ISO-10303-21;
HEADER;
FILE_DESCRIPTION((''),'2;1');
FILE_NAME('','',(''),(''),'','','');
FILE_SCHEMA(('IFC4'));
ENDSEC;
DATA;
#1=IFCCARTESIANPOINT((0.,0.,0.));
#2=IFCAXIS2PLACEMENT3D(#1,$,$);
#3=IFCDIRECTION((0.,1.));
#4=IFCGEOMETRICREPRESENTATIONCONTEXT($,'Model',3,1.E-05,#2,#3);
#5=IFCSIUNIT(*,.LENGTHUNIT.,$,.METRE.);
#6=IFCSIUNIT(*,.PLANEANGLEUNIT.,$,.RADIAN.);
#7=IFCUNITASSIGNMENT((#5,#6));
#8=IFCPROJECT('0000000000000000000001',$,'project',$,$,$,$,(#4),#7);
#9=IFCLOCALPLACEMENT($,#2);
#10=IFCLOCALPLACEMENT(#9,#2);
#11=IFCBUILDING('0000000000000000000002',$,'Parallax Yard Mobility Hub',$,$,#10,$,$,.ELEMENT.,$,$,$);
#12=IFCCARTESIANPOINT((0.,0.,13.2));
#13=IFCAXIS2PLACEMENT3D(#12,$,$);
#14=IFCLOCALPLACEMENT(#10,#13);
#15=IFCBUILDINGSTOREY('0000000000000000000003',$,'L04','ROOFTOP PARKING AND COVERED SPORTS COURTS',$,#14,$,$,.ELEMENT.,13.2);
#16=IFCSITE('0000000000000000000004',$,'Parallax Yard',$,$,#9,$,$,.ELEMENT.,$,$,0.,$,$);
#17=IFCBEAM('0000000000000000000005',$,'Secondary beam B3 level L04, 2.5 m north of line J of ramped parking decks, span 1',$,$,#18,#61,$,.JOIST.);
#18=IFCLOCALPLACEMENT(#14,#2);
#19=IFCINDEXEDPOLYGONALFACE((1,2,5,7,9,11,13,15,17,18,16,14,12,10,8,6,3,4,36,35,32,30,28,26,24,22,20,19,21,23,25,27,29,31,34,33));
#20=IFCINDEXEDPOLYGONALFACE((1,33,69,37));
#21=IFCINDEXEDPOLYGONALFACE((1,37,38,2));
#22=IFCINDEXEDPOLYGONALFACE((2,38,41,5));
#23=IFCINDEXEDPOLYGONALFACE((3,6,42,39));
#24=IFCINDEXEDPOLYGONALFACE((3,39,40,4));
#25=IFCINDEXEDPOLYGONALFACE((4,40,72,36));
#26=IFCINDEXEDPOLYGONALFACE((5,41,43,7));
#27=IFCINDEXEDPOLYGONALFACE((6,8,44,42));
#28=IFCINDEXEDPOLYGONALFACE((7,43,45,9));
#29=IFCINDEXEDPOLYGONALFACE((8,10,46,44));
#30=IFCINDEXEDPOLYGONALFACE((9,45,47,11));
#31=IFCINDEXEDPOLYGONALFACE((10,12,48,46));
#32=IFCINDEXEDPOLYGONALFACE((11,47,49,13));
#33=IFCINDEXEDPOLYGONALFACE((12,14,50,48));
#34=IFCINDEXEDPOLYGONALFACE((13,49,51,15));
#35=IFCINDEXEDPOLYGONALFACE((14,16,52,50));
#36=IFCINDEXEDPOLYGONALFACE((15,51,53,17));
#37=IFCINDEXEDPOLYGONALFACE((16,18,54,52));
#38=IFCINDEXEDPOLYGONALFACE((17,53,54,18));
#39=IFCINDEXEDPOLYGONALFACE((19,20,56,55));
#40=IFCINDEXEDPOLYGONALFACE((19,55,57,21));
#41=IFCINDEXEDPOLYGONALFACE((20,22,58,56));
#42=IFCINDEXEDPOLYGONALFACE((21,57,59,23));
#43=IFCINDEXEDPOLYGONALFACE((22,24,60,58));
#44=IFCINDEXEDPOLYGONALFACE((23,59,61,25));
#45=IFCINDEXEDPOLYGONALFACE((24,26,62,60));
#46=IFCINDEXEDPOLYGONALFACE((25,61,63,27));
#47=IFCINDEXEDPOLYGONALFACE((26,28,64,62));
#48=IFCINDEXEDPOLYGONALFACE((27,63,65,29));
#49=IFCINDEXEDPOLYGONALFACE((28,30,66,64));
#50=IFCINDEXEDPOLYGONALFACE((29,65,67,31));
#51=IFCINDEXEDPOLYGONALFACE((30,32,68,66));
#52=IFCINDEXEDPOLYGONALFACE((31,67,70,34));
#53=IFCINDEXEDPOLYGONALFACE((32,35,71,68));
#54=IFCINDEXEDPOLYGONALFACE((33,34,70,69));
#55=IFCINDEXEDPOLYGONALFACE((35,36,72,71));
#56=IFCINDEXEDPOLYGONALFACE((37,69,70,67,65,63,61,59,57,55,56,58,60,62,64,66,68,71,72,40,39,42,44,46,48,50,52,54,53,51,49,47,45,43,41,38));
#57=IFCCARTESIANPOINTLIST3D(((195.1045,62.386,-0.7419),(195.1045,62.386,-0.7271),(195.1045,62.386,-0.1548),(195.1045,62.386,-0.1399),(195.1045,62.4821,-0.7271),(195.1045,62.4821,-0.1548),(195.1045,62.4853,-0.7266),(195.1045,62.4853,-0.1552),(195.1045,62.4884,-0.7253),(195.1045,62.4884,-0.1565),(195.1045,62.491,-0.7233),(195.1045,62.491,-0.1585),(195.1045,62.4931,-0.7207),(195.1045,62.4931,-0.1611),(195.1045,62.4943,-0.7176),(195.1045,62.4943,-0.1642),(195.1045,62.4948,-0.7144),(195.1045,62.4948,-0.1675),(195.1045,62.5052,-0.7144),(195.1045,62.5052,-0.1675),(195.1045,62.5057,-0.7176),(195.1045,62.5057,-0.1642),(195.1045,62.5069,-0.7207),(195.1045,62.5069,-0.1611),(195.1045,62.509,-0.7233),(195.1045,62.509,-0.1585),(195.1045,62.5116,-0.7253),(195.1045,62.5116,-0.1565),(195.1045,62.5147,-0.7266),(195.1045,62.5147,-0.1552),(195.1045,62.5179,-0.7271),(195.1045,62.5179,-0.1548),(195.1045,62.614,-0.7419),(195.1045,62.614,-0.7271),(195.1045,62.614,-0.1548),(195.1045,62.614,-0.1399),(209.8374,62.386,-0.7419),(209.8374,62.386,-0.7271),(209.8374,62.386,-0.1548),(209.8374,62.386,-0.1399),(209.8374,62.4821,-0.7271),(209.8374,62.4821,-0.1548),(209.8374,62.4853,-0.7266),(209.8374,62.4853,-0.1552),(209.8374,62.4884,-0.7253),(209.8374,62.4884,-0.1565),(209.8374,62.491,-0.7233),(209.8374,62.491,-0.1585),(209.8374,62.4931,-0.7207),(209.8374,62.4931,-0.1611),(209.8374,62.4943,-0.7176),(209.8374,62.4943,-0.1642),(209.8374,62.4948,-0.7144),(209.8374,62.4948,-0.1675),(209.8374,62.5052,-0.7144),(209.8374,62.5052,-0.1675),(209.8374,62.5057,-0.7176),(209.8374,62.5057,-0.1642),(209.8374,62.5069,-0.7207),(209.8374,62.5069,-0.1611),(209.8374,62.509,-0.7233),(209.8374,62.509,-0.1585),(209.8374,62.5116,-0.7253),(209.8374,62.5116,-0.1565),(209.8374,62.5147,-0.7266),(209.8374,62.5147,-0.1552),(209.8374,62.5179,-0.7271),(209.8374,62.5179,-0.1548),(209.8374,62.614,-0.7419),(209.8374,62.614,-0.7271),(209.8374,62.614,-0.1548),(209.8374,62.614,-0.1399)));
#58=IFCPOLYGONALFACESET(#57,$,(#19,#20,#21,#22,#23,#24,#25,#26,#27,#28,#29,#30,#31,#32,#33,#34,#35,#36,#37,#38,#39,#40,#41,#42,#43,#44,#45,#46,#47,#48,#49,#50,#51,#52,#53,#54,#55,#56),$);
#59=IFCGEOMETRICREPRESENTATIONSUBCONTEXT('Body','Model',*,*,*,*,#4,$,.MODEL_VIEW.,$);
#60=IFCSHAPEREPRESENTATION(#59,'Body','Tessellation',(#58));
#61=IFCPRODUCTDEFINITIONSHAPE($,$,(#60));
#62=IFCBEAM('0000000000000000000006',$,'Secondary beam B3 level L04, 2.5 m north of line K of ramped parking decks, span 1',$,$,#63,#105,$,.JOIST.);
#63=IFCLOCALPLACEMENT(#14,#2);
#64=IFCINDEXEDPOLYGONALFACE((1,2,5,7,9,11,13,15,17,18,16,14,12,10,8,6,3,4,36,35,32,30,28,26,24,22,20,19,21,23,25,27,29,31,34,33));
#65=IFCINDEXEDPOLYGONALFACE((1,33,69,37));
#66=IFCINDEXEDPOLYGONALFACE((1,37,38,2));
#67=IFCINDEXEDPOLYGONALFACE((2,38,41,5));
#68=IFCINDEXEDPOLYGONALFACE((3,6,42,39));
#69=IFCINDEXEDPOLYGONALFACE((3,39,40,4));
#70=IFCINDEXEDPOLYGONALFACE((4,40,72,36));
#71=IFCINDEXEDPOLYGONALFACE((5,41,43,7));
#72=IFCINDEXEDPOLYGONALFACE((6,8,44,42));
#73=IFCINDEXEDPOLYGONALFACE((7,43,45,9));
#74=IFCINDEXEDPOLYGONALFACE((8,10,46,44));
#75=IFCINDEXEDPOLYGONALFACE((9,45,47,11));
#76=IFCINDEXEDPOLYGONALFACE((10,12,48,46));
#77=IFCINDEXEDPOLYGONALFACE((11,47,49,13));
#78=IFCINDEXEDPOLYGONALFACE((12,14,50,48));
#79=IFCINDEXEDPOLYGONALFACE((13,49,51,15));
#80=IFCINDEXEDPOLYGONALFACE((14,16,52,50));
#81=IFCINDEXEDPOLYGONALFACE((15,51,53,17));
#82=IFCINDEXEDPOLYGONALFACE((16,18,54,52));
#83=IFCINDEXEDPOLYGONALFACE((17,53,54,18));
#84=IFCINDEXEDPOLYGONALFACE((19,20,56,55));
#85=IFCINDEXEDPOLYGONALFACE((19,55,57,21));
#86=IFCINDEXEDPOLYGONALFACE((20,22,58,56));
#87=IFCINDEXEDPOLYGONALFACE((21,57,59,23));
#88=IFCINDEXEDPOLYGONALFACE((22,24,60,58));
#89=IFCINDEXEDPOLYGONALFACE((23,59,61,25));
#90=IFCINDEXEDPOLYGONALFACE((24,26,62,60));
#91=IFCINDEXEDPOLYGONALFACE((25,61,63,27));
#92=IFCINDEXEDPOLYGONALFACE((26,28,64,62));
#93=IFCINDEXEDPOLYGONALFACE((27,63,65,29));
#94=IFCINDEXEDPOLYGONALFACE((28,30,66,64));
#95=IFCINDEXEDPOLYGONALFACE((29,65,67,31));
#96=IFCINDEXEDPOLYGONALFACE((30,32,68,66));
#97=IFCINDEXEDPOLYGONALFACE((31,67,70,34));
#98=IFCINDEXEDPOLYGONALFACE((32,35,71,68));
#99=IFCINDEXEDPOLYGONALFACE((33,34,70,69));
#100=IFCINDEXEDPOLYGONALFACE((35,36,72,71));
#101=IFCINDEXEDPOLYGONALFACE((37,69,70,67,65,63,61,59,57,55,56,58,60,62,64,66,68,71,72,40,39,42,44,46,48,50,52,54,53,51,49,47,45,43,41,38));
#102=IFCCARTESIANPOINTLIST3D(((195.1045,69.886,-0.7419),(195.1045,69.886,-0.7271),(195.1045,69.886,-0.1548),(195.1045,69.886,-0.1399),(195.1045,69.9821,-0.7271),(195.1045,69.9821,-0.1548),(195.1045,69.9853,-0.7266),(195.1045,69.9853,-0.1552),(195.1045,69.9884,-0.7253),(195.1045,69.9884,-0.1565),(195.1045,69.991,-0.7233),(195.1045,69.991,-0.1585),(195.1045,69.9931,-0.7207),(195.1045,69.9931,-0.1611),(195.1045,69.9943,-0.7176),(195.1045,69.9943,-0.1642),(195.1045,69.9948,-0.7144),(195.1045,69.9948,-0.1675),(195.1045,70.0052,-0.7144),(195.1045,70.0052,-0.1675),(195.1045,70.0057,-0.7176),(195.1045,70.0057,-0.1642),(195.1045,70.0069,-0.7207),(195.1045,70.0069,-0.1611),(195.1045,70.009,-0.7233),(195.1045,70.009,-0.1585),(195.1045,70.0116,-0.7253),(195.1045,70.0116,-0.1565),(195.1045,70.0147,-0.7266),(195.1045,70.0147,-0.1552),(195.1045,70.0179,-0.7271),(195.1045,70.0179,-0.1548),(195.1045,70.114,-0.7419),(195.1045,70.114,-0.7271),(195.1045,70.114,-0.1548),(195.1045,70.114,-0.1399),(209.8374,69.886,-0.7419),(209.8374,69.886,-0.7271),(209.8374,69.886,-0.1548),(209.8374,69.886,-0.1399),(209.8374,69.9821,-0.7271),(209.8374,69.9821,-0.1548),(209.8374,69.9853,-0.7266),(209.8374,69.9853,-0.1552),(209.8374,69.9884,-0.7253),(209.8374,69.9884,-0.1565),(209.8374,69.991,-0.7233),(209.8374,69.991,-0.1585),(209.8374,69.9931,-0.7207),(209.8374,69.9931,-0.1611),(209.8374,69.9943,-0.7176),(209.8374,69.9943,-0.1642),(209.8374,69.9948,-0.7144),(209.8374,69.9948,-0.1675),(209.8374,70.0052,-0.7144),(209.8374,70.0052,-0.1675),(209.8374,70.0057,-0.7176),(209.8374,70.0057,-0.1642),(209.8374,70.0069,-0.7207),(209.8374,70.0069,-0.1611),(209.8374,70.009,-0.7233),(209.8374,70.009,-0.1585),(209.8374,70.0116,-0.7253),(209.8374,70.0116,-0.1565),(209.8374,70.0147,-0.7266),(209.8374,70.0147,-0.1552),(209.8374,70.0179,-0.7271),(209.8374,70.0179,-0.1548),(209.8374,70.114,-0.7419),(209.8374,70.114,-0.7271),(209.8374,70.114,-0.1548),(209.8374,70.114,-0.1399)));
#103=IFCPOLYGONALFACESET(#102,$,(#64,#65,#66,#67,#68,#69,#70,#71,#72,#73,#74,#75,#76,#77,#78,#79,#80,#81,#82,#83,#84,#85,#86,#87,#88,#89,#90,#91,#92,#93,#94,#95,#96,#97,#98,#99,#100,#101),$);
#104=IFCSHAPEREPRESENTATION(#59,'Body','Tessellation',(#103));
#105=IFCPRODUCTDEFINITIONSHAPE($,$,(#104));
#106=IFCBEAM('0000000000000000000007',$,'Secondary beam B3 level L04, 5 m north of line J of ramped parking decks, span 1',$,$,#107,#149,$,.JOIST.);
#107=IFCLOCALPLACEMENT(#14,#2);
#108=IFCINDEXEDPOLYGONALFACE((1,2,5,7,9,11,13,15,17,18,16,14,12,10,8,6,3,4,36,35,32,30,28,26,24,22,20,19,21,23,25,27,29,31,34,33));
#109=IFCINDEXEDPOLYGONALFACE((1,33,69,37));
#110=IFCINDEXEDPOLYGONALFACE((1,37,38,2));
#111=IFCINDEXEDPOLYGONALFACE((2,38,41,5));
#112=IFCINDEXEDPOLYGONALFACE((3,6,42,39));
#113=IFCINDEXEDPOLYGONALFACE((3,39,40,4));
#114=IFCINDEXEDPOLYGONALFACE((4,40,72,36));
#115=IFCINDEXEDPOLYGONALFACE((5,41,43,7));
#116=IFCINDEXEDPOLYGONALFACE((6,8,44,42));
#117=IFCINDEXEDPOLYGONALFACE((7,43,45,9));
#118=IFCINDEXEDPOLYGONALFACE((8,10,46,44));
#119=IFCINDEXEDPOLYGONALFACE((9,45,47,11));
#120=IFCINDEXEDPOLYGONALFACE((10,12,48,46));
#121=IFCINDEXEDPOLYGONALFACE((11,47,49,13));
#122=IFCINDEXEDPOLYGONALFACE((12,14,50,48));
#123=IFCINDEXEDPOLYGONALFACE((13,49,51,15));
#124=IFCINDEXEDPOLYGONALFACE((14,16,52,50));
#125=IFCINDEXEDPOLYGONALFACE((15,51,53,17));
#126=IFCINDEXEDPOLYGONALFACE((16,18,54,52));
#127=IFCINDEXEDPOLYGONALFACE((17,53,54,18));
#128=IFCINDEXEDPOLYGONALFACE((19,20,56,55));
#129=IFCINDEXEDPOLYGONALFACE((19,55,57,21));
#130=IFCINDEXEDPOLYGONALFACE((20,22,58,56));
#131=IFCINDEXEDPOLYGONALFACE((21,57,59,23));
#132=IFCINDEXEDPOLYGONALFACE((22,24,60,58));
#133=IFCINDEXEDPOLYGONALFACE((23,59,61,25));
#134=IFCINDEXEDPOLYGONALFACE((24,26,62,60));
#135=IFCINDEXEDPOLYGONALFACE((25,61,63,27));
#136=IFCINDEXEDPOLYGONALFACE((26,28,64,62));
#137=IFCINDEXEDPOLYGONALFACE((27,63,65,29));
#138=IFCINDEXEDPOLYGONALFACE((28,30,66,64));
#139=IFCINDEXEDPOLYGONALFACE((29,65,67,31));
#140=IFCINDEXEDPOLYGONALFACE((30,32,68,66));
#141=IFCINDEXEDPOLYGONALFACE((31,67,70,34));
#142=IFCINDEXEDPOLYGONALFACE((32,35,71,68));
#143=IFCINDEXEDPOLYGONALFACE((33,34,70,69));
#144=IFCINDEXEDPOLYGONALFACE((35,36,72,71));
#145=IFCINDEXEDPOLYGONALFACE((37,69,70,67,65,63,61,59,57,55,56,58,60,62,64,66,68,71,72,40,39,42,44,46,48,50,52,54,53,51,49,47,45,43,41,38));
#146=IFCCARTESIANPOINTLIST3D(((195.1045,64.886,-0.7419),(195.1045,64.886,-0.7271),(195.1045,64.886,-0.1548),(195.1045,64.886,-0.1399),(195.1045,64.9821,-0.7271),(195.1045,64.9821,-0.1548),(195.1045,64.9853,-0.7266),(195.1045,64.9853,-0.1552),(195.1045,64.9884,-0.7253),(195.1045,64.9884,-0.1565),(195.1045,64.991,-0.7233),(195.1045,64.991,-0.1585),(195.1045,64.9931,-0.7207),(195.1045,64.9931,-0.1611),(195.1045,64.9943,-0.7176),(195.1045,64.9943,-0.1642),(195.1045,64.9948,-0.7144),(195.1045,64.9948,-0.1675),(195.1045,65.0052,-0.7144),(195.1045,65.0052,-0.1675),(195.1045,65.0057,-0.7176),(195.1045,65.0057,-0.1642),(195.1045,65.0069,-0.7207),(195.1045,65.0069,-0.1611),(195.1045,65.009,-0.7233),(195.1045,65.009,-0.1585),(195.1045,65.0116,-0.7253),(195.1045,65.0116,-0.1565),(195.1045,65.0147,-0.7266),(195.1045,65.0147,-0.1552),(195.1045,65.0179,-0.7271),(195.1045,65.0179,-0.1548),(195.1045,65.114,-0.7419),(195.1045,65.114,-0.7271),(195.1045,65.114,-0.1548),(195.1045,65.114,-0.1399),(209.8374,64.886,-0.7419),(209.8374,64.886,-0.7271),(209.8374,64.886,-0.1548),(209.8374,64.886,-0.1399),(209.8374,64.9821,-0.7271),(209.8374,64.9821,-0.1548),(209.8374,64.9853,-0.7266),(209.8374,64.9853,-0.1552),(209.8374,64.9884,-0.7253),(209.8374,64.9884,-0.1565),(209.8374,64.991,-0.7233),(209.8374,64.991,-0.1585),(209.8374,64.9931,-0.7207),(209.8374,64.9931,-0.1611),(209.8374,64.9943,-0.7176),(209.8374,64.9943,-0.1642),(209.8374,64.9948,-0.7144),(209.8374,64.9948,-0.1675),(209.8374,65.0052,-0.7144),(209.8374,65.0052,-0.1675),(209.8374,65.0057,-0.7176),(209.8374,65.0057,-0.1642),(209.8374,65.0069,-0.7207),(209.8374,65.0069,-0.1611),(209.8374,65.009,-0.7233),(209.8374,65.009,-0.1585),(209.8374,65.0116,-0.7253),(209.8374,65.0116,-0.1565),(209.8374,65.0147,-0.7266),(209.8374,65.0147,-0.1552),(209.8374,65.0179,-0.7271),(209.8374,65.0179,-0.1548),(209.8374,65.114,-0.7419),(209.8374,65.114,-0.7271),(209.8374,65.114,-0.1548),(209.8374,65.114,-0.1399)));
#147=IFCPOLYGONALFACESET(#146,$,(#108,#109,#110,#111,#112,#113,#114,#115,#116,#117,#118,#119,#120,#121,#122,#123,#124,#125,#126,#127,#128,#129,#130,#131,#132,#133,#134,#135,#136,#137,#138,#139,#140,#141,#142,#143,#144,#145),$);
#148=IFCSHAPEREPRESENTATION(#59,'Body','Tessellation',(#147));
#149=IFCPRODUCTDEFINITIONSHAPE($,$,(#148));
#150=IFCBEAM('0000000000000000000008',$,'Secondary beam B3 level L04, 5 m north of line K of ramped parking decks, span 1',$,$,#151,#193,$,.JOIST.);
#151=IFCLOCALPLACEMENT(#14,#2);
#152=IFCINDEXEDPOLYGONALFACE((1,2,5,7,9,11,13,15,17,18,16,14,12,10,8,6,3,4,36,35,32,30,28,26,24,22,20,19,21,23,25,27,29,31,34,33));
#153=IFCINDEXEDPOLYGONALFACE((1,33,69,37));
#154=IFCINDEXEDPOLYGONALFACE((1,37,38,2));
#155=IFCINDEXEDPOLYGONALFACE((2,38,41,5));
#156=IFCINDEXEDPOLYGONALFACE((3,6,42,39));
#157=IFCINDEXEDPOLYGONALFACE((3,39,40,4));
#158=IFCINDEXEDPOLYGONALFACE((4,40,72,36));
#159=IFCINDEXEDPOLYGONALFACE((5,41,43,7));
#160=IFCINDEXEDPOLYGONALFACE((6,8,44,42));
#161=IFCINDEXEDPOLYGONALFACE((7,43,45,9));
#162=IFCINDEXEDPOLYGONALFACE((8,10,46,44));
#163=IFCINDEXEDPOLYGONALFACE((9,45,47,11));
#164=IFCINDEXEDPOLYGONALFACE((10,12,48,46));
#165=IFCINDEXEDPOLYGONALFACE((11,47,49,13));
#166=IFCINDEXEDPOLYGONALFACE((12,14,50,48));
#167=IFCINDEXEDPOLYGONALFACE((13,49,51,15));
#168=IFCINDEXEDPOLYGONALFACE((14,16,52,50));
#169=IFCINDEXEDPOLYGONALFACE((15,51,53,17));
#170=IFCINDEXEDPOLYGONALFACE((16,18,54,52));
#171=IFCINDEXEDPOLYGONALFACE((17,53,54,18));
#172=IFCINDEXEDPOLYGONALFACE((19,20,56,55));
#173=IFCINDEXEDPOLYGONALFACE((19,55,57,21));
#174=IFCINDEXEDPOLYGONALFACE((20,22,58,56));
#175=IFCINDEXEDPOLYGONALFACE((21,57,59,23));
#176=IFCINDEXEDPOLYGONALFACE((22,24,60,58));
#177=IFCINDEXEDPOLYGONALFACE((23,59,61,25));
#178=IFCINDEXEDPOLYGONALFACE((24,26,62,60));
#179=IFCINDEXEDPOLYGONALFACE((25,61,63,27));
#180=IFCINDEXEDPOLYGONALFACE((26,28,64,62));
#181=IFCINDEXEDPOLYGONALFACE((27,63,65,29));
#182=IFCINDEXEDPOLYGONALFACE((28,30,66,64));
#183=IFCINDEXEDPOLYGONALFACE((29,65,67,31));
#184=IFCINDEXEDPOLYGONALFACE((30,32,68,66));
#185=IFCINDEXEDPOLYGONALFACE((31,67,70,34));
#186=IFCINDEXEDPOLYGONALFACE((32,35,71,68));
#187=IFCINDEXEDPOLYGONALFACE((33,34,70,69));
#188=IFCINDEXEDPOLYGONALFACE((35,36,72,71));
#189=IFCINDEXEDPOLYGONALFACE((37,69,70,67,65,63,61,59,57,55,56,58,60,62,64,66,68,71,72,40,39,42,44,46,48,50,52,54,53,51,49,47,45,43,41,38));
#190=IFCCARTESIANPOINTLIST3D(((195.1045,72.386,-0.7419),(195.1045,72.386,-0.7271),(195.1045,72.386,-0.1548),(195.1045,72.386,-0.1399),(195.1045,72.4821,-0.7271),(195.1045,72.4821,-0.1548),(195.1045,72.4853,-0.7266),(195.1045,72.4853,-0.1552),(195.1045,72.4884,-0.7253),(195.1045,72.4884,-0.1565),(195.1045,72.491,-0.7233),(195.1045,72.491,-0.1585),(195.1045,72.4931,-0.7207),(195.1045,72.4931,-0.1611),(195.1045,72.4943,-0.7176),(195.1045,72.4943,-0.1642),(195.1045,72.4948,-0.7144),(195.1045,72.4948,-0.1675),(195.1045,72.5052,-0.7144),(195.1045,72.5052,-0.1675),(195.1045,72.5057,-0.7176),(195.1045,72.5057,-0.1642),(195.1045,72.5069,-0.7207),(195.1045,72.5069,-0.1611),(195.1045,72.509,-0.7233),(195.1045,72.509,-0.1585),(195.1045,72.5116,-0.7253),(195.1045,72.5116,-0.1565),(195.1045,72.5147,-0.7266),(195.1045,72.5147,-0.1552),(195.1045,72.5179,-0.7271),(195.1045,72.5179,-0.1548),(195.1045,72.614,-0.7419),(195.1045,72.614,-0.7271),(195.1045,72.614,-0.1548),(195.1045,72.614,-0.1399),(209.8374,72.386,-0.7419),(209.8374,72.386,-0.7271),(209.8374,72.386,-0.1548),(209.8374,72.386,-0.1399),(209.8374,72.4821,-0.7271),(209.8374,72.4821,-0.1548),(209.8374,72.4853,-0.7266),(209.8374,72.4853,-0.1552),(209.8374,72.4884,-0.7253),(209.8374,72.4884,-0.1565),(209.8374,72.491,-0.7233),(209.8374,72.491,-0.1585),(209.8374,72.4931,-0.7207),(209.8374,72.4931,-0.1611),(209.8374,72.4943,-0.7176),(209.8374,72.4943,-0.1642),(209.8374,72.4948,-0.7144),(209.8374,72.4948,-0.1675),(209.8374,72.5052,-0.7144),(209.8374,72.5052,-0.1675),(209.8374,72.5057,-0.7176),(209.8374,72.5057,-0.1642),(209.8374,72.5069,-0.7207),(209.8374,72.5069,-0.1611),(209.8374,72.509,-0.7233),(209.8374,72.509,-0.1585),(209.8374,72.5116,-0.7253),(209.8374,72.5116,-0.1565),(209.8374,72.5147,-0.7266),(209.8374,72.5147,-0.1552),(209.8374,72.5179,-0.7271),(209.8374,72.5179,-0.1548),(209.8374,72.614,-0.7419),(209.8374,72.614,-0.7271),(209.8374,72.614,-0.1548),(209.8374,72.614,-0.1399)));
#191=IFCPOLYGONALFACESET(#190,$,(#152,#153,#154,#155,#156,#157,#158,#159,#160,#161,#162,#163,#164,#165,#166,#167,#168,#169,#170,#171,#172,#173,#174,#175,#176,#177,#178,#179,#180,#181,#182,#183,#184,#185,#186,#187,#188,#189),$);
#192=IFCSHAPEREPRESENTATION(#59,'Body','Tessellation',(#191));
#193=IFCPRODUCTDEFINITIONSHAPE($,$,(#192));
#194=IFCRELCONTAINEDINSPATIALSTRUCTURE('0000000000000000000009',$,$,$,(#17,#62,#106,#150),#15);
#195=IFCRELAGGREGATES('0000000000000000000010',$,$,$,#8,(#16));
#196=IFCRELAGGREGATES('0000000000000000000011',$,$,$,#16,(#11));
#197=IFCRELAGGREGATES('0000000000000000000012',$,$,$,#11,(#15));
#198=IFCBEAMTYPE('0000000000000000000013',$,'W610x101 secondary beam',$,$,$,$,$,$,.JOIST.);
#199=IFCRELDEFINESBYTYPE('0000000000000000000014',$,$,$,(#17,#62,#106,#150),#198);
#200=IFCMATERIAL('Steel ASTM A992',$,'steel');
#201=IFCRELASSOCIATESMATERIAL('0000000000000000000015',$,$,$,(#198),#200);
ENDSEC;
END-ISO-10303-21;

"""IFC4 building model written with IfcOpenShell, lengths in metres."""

from ifc_helpers import new_model, si_unit, direction, frame, origin, origin_2d, place, context, subcontext, project, spatial, i_section, extrude, material, material_profile, profile_set, type_object, element, save


model = new_model("IFC4")

# Units and contexts
model_context = context("Model", 3, precision=1e-05, world=origin(), true_north=direction((0.0, 1.0)))
body_context = subcontext(model_context, "Body", "Model", "MODEL_VIEW")
ifc_project = project(units=[si_unit("LENGTHUNIT", "METRE"), si_unit("PLANEANGLEUNIT", "RADIAN")], contexts=[model_context])

# Site, building, storey
site_placement = place(None, origin())
site = spatial("IfcSite", under=ifc_project, at=site_placement, Name="Parallax Yard", CompositionType="ELEMENT", RefElevation=0.0)
building_placement = place(site_placement, origin())
building = spatial("IfcBuilding", under=site, at=building_placement, Name="Parallax Yard Mobility Hub", CompositionType="ELEMENT")
storey_placement = place(building_placement, frame((0.0, 0.0, 13.2)))
storey = spatial("IfcBuildingStorey", under=building, at=storey_placement, Name="L04", Description="ROOFTOP PARKING AND COVERED SPORTS COURTS", CompositionType="ELEMENT", Elevation=13.2)

# Shared definitions
ifc_material_1 = material(Name="Steel ASTM A992", Category="steel")

# Beams
ifc_material_profile_1 = material_profile(ifc_material_1, i_section(OverallWidth=0.228, OverallDepth=0.6021, WebThickness=0.0105, FlangeThickness=0.0149, FilletRadius=0.0127, at=origin_2d()), Name="W610x101")
ifc_profile_set_1 = profile_set([ifc_material_profile_1], Name="Steel ASTM A992")
beam_type_1 = type_object("IfcBeamType", Name="W610x101 secondary beam", PredefinedType="JOIST", material=ifc_profile_set_1)
for number, where, z_axis, x_axis, name in (
    (1, (195.1045, 62.5, -0.4409), (1.0, 0.0, 0.0), (0.0, 1.0, 0.0), "Secondary beam B3 level L04, 2.5 m north of line J of ramped parking decks, span 1"),
    (2, (195.1045, 70.0, -0.4409), (1.0, 0.0, 0.0), (0.0, 1.0, 0.0), "Secondary beam B3 level L04, 2.5 m north of line K of ramped parking decks, span 1"),
    (3, (195.1045, 65.0, -0.4409), (1.0, 0.0, 0.0), (0.0, 1.0, 0.0), "Secondary beam B3 level L04, 5 m north of line J of ramped parking decks, span 1"),
    (4, (195.1045, 72.5, -0.4409), (1.0, 0.0, 0.0), (0.0, 1.0, 0.0), "Secondary beam B3 level L04, 5 m north of line K of ramped parking decks, span 1"),
):
    element("IfcBeam", number, at=place(storey_placement, frame(where, z_axis=z_axis, x_axis=x_axis)), inside=storey, type_object=beam_type_1, Name=name, PredefinedType="JOIST", context=body_context, shape_type="SweptSolid", body=[
        extrude(i_section(OverallWidth=0.228, OverallDepth=0.6021, WebThickness=0.0105, FlangeThickness=0.0149, FilletRadius=0.0127, at=origin_2d()), origin(), (0.0, 0.0, 1.0), 14.7329),
    ])

save(model, "model.ifc")
